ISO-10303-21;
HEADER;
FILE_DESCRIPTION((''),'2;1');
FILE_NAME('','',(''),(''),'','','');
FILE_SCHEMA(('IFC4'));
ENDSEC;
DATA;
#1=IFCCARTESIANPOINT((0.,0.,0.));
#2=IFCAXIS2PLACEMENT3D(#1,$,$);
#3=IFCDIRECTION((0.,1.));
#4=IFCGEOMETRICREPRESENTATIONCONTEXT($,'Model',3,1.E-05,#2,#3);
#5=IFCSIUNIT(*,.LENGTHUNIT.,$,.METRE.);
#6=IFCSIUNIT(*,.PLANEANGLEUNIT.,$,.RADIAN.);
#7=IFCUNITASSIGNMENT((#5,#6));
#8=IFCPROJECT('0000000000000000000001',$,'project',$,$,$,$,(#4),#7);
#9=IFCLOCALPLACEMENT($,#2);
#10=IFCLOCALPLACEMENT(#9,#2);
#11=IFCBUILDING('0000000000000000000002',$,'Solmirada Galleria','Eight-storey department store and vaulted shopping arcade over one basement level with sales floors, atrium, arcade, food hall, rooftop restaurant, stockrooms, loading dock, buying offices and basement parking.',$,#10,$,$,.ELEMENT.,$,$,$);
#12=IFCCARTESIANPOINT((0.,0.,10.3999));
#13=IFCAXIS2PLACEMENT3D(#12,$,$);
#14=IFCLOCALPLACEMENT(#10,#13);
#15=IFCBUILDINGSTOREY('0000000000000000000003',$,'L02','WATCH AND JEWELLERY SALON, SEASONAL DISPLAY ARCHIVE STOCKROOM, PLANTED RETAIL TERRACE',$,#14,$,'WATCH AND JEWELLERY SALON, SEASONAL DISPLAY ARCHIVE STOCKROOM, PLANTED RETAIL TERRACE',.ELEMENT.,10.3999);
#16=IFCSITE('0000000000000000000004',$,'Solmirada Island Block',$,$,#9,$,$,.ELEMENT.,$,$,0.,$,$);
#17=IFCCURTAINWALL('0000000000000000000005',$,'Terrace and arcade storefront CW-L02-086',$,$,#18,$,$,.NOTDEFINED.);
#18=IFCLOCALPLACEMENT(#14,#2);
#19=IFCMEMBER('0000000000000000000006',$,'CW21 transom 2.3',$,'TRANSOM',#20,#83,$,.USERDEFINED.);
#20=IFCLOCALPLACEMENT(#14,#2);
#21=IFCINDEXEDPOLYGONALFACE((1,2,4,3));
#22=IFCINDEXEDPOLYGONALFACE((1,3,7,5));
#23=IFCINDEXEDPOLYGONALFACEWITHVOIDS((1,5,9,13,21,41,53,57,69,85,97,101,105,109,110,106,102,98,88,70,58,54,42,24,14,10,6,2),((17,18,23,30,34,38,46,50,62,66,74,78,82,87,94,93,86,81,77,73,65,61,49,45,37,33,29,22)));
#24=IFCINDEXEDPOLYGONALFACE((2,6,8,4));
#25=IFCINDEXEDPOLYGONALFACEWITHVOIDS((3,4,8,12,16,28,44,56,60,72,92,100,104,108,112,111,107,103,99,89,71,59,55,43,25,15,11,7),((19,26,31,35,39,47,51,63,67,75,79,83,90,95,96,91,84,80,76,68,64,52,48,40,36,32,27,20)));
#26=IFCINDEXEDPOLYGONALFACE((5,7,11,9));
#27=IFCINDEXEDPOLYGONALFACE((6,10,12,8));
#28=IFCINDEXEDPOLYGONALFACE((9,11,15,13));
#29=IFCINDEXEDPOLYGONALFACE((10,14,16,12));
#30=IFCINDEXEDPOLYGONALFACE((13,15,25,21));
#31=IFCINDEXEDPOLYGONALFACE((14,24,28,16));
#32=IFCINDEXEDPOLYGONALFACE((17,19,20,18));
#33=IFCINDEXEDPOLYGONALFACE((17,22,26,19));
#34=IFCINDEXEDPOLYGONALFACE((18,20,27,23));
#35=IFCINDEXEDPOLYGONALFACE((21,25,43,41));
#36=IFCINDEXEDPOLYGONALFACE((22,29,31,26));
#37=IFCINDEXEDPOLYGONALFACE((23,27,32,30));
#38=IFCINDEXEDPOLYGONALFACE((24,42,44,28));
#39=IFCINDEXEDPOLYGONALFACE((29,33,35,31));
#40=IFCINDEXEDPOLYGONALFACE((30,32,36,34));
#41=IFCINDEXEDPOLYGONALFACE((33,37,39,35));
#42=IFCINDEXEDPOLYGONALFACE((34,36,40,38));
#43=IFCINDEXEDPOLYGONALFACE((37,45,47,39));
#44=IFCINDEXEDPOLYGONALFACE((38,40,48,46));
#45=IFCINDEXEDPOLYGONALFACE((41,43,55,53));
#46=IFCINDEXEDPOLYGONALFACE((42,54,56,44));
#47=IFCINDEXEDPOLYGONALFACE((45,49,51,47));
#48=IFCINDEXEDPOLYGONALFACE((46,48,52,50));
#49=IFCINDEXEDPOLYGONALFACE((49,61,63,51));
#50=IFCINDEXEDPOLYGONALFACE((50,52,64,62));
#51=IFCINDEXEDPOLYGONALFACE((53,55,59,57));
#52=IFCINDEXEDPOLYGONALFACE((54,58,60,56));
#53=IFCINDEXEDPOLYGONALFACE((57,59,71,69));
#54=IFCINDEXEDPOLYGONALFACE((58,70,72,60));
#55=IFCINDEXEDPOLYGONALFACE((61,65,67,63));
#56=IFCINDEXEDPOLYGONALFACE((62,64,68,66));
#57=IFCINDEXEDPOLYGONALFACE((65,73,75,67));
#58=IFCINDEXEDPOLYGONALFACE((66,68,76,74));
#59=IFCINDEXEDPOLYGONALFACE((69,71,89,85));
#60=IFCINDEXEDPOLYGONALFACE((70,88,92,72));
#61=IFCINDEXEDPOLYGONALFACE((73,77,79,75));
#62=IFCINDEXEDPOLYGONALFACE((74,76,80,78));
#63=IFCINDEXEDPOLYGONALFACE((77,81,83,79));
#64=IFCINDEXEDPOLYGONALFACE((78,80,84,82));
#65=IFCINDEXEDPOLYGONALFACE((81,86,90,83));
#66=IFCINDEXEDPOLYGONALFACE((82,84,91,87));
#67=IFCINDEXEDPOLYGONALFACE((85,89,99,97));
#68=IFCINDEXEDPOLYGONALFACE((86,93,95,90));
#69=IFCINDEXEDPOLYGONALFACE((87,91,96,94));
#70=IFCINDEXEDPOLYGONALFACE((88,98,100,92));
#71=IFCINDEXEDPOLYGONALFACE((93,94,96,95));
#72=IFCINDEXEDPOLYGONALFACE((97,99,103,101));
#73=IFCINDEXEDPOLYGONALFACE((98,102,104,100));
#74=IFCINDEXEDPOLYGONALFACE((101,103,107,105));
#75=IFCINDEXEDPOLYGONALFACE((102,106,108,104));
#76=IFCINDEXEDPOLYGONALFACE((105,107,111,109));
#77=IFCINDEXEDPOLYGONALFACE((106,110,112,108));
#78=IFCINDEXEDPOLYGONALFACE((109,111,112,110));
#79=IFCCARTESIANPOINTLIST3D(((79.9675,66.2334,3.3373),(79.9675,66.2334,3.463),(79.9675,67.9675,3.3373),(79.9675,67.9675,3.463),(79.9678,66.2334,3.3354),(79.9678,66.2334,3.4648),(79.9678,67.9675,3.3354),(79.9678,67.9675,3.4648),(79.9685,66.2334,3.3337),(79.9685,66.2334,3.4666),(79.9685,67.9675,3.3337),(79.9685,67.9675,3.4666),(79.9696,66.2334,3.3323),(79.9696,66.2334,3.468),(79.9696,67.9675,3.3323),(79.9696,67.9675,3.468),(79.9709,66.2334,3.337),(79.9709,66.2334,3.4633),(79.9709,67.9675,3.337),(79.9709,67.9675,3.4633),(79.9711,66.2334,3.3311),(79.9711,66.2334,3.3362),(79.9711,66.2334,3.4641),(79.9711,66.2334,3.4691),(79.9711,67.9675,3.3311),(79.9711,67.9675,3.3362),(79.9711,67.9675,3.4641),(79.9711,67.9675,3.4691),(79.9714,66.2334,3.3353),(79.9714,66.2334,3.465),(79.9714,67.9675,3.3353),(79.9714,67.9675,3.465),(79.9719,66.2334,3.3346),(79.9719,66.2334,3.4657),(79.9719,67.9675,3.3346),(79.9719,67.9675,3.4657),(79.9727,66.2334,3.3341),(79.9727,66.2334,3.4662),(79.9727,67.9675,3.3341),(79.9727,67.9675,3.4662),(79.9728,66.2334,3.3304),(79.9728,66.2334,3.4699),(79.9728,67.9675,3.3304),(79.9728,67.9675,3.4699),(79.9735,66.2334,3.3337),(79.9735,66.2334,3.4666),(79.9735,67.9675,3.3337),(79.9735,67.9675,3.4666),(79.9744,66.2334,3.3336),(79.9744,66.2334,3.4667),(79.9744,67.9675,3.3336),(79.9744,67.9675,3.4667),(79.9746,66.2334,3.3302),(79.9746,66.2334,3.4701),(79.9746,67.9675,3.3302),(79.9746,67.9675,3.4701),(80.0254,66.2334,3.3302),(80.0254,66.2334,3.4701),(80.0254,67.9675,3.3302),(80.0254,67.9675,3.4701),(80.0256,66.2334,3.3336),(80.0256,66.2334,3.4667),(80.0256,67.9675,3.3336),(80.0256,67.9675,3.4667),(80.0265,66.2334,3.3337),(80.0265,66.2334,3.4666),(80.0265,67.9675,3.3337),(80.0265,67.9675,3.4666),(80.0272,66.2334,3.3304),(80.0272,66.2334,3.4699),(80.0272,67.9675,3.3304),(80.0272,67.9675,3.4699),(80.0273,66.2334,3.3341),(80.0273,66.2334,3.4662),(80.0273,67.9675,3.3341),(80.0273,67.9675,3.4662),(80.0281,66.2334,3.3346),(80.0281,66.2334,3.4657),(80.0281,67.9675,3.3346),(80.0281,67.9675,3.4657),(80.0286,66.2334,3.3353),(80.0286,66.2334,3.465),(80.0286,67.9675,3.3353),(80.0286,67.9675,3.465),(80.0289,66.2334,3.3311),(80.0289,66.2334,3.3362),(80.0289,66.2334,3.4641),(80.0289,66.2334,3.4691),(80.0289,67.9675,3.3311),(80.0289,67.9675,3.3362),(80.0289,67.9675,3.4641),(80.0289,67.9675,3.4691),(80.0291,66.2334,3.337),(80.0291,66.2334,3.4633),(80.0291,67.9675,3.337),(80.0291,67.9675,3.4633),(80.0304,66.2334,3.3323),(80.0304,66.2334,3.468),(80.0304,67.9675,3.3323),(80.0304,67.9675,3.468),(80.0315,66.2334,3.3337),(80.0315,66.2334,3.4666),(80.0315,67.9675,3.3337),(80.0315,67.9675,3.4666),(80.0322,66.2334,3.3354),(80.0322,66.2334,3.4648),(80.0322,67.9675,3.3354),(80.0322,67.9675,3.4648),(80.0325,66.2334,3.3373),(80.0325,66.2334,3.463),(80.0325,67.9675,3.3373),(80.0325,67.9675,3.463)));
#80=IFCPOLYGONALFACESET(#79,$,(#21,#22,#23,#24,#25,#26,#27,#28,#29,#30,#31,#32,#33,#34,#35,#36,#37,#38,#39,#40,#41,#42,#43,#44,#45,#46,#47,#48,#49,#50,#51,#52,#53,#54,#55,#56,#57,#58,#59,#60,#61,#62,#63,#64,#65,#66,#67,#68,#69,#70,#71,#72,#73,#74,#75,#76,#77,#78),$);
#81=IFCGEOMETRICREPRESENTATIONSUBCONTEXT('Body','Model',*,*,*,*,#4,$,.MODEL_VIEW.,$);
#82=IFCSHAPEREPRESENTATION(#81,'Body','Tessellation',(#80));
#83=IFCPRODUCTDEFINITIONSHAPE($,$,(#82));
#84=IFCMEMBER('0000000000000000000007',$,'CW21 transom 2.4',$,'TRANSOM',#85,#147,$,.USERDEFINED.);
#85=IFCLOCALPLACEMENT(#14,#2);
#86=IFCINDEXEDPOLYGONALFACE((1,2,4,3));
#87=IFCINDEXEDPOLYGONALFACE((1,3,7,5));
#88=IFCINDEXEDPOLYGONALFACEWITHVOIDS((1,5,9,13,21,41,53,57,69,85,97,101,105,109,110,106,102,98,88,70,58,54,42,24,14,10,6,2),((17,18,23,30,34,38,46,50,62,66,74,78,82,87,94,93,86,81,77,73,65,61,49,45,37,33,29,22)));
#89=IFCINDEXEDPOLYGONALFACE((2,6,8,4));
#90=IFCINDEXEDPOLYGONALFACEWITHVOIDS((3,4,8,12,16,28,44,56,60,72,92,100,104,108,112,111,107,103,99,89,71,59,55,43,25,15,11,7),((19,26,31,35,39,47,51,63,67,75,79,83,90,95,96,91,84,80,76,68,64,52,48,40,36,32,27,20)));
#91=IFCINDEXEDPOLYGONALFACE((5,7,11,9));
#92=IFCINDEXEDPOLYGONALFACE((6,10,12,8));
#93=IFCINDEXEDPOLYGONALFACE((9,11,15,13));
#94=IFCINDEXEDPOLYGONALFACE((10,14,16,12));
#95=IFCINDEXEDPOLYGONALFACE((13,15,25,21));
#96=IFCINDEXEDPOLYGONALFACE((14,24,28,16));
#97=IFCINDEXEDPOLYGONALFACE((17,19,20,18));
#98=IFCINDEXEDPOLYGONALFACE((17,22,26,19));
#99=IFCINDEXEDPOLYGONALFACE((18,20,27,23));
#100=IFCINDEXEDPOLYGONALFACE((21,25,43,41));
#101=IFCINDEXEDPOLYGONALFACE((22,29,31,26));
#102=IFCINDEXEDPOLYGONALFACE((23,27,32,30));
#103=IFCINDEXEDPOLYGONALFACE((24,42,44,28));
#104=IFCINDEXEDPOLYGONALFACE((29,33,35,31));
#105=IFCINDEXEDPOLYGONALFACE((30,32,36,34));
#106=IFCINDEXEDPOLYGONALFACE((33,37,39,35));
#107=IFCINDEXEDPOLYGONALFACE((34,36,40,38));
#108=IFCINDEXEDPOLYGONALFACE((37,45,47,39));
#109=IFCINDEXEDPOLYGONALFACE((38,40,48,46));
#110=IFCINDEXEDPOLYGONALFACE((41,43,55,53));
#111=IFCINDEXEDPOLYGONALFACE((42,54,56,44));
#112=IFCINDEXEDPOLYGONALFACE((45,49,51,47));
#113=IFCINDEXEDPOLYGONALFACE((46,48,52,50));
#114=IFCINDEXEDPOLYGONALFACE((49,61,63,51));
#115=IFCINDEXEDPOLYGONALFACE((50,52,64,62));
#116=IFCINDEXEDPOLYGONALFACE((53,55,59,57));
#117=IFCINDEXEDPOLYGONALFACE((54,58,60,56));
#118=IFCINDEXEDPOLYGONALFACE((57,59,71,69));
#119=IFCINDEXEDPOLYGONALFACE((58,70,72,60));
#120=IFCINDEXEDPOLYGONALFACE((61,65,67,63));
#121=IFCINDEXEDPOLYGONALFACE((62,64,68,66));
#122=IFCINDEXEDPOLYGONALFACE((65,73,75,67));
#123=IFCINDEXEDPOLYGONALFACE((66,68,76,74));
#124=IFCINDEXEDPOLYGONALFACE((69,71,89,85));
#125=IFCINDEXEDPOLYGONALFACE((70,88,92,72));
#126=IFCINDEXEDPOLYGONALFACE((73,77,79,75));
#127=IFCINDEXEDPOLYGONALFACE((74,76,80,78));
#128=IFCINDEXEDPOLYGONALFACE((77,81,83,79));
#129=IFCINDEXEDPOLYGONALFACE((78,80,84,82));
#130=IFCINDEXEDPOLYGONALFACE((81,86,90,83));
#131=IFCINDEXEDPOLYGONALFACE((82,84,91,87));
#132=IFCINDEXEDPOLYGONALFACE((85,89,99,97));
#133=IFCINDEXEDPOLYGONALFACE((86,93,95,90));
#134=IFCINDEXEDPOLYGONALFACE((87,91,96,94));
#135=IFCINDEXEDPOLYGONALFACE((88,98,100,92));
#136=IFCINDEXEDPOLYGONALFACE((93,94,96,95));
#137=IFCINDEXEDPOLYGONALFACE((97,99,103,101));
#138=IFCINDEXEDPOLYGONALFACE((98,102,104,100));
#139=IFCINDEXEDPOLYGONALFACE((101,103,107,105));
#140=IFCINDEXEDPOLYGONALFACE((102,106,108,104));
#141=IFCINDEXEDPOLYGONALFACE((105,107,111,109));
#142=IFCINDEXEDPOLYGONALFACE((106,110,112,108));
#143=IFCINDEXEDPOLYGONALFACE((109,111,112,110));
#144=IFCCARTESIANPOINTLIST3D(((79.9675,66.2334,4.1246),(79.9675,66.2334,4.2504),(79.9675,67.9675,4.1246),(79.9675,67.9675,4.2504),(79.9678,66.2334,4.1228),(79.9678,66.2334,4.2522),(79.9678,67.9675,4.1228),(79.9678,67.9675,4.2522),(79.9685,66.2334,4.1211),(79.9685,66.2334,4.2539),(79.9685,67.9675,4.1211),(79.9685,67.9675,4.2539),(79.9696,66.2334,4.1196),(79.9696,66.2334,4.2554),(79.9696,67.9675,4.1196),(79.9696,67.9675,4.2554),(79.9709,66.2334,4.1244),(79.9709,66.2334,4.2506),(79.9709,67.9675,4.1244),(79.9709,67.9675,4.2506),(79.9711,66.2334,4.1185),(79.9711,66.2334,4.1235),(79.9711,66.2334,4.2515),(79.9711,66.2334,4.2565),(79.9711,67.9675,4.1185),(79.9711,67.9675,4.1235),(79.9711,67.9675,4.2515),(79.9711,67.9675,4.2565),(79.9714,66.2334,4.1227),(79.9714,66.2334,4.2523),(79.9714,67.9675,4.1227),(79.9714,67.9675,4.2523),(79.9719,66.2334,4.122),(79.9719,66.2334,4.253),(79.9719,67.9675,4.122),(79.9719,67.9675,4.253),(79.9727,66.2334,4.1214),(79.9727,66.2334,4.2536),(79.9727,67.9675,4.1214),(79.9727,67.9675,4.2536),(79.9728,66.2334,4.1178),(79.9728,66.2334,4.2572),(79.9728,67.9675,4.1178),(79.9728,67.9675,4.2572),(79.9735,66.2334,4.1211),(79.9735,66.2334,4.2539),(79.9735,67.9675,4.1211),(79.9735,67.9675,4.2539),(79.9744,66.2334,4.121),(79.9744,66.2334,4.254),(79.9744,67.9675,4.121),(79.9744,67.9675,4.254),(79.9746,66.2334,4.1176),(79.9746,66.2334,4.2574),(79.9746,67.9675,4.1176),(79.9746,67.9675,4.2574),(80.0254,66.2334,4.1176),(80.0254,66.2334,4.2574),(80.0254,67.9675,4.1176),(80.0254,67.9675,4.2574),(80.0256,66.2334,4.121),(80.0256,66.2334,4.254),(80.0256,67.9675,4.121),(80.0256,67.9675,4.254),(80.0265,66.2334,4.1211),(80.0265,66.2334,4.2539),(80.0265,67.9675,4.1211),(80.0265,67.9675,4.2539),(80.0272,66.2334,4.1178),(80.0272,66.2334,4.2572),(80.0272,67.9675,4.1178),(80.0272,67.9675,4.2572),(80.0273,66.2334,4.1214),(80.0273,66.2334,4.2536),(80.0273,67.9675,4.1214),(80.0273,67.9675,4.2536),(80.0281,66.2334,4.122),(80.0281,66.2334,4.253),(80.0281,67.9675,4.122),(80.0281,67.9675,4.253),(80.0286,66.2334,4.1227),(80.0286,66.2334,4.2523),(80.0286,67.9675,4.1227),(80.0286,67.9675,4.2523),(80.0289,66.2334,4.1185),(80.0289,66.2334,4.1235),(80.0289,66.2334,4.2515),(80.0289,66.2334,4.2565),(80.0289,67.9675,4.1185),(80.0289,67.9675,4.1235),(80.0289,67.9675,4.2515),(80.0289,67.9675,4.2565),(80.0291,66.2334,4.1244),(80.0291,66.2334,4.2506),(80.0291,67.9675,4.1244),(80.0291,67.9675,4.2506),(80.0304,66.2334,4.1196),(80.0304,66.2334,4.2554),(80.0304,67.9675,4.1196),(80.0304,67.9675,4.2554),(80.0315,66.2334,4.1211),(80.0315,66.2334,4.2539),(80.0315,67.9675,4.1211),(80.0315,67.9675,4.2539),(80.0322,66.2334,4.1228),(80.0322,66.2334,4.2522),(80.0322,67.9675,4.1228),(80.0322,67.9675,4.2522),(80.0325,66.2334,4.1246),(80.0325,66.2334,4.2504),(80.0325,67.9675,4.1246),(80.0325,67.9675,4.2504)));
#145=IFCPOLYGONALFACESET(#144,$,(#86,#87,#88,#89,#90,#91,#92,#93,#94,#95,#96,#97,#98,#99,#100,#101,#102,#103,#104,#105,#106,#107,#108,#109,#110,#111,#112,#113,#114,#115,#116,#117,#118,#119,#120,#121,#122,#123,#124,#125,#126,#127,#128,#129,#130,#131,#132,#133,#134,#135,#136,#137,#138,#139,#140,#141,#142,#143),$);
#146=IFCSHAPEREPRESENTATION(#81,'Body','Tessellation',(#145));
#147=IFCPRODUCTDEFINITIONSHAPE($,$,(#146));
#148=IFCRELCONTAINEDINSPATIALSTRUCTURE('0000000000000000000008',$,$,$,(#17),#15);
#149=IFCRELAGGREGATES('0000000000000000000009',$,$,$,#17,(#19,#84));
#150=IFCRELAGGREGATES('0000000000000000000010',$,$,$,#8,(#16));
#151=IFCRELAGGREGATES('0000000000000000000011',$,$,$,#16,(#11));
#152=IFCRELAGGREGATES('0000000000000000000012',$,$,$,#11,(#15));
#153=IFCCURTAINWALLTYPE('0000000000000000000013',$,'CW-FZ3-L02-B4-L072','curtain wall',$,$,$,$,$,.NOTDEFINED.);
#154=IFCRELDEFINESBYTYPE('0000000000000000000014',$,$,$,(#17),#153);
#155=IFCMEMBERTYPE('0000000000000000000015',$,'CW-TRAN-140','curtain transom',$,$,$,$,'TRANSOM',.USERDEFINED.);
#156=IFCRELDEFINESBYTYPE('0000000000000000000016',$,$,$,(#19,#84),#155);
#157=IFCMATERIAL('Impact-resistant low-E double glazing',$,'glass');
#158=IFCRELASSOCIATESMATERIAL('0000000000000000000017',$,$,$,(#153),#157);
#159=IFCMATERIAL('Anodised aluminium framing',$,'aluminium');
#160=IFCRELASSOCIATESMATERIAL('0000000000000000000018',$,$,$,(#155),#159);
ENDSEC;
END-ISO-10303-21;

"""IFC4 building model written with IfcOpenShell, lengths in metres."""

from ifc_helpers import new_model, si_unit, direction, frame, origin, origin_2d, place, context, subcontext, project, spatial, hollow_rectangle, extrude, material, material_profile, profile_set, type_object, element, aggregate, save


model = new_model("IFC4")

# Units and contexts
model_context = context("Model", 3, precision=1e-05, world=origin(), true_north=direction((0.0, 1.0)))
body_context = subcontext(model_context, "Body", "Model", "MODEL_VIEW")
ifc_project = project(units=[si_unit("LENGTHUNIT", "METRE"), si_unit("PLANEANGLEUNIT", "RADIAN")], contexts=[model_context])

# Site, building, storey
site_placement = place(None, origin())
site = spatial("IfcSite", under=ifc_project, at=site_placement, Name="Solmirada Island Block", CompositionType="ELEMENT", RefElevation=0.0)
building_placement = place(site_placement, origin())
building = spatial("IfcBuilding", under=site, at=building_placement, Name="Solmirada Galleria", Description="Eight-storey department store and vaulted shopping arcade over one basement level with sales floors, atrium, arcade, food hall, rooftop restaurant, stockrooms, loading dock, buying offices and basement parking.", CompositionType="ELEMENT")
storey_placement = place(building_placement, frame((0.0, 0.0, 10.3999)))
storey = spatial("IfcBuildingStorey", under=building, at=storey_placement, Name="L02", Description="WATCH AND JEWELLERY SALON, SEASONAL DISPLAY ARCHIVE STOCKROOM, PLANTED RETAIL TERRACE", LongName="WATCH AND JEWELLERY SALON, SEASONAL DISPLAY ARCHIVE STOCKROOM, PLANTED RETAIL TERRACE", CompositionType="ELEMENT", Elevation=10.3999)

# Curtain wall
ifc_material_1 = material(Name="Impact-resistant low-E double glazing", Category="glass")
curtain_wall_type = type_object("IfcCurtainWallType", Name="CW-FZ3-L02-B4-L072", Description="curtain wall", PredefinedType="NOTDEFINED", material=ifc_material_1)
curtain_wall_1_placement = place(storey_placement, origin())
curtain_wall_1 = element("IfcCurtainWall", 1, at=curtain_wall_1_placement, inside=storey, type_object=curtain_wall_type, Name="Terrace and arcade storefront CW-L02-086", PredefinedType="NOTDEFINED")
ifc_material_2 = material(Name="Anodised aluminium framing", Category="aluminium")

# Members
ifc_material_profile_1 = material_profile(ifc_material_2, hollow_rectangle(XDim=0.0649, YDim=0.1399, WallThickness=0.0034, InnerFilletRadius=0.0034, OuterFilletRadius=0.0071, at=origin_2d()), Name="ALU-TRAN-140X65")
ifc_profile_set_1 = profile_set([ifc_material_profile_1], Name="Anodised aluminium framing")
member_type_1 = type_object("IfcMemberType", Name="CW-TRAN-140", Description="curtain transom", ElementType="TRANSOM", PredefinedType="USERDEFINED", material=ifc_profile_set_1)
member_1_placement = place(storey_placement, frame((80.0, 66.2334, 3.4001), z_axis=(0.0, 1.0, 0.0), x_axis=(-1.0, 0.0, 0.0)))
member_1 = element("IfcMember", 2, at=member_1_placement, type_object=member_type_1, Name="CW21 transom 2.3", ObjectType="TRANSOM", PredefinedType="USERDEFINED", context=body_context, shape_type="SweptSolid", body=[
    extrude(hollow_rectangle(XDim=0.0649, YDim=0.1399, WallThickness=0.0034, InnerFilletRadius=0.0034, OuterFilletRadius=0.0071, at=origin_2d()), origin(), (0.0, 0.0, 1.0), 1.7341),
])
member_2_placement = place(storey_placement, frame((80.0, 66.2334, 4.1875), z_axis=(0.0, 1.0, 0.0), x_axis=(-1.0, 0.0, 0.0)))
member_2 = element("IfcMember", 3, at=member_2_placement, type_object=member_type_1, Name="CW21 transom 2.4", ObjectType="TRANSOM", PredefinedType="USERDEFINED", context=body_context, shape_type="SweptSolid", body=[
    extrude(hollow_rectangle(XDim=0.0649, YDim=0.1399, WallThickness=0.0034, InnerFilletRadius=0.0034, OuterFilletRadius=0.0071, at=origin_2d()), origin(), (0.0, 0.0, 1.0), 1.7341),
])

aggregate(curtain_wall_1, [member_1, member_2])

save(model, "model.ifc")
